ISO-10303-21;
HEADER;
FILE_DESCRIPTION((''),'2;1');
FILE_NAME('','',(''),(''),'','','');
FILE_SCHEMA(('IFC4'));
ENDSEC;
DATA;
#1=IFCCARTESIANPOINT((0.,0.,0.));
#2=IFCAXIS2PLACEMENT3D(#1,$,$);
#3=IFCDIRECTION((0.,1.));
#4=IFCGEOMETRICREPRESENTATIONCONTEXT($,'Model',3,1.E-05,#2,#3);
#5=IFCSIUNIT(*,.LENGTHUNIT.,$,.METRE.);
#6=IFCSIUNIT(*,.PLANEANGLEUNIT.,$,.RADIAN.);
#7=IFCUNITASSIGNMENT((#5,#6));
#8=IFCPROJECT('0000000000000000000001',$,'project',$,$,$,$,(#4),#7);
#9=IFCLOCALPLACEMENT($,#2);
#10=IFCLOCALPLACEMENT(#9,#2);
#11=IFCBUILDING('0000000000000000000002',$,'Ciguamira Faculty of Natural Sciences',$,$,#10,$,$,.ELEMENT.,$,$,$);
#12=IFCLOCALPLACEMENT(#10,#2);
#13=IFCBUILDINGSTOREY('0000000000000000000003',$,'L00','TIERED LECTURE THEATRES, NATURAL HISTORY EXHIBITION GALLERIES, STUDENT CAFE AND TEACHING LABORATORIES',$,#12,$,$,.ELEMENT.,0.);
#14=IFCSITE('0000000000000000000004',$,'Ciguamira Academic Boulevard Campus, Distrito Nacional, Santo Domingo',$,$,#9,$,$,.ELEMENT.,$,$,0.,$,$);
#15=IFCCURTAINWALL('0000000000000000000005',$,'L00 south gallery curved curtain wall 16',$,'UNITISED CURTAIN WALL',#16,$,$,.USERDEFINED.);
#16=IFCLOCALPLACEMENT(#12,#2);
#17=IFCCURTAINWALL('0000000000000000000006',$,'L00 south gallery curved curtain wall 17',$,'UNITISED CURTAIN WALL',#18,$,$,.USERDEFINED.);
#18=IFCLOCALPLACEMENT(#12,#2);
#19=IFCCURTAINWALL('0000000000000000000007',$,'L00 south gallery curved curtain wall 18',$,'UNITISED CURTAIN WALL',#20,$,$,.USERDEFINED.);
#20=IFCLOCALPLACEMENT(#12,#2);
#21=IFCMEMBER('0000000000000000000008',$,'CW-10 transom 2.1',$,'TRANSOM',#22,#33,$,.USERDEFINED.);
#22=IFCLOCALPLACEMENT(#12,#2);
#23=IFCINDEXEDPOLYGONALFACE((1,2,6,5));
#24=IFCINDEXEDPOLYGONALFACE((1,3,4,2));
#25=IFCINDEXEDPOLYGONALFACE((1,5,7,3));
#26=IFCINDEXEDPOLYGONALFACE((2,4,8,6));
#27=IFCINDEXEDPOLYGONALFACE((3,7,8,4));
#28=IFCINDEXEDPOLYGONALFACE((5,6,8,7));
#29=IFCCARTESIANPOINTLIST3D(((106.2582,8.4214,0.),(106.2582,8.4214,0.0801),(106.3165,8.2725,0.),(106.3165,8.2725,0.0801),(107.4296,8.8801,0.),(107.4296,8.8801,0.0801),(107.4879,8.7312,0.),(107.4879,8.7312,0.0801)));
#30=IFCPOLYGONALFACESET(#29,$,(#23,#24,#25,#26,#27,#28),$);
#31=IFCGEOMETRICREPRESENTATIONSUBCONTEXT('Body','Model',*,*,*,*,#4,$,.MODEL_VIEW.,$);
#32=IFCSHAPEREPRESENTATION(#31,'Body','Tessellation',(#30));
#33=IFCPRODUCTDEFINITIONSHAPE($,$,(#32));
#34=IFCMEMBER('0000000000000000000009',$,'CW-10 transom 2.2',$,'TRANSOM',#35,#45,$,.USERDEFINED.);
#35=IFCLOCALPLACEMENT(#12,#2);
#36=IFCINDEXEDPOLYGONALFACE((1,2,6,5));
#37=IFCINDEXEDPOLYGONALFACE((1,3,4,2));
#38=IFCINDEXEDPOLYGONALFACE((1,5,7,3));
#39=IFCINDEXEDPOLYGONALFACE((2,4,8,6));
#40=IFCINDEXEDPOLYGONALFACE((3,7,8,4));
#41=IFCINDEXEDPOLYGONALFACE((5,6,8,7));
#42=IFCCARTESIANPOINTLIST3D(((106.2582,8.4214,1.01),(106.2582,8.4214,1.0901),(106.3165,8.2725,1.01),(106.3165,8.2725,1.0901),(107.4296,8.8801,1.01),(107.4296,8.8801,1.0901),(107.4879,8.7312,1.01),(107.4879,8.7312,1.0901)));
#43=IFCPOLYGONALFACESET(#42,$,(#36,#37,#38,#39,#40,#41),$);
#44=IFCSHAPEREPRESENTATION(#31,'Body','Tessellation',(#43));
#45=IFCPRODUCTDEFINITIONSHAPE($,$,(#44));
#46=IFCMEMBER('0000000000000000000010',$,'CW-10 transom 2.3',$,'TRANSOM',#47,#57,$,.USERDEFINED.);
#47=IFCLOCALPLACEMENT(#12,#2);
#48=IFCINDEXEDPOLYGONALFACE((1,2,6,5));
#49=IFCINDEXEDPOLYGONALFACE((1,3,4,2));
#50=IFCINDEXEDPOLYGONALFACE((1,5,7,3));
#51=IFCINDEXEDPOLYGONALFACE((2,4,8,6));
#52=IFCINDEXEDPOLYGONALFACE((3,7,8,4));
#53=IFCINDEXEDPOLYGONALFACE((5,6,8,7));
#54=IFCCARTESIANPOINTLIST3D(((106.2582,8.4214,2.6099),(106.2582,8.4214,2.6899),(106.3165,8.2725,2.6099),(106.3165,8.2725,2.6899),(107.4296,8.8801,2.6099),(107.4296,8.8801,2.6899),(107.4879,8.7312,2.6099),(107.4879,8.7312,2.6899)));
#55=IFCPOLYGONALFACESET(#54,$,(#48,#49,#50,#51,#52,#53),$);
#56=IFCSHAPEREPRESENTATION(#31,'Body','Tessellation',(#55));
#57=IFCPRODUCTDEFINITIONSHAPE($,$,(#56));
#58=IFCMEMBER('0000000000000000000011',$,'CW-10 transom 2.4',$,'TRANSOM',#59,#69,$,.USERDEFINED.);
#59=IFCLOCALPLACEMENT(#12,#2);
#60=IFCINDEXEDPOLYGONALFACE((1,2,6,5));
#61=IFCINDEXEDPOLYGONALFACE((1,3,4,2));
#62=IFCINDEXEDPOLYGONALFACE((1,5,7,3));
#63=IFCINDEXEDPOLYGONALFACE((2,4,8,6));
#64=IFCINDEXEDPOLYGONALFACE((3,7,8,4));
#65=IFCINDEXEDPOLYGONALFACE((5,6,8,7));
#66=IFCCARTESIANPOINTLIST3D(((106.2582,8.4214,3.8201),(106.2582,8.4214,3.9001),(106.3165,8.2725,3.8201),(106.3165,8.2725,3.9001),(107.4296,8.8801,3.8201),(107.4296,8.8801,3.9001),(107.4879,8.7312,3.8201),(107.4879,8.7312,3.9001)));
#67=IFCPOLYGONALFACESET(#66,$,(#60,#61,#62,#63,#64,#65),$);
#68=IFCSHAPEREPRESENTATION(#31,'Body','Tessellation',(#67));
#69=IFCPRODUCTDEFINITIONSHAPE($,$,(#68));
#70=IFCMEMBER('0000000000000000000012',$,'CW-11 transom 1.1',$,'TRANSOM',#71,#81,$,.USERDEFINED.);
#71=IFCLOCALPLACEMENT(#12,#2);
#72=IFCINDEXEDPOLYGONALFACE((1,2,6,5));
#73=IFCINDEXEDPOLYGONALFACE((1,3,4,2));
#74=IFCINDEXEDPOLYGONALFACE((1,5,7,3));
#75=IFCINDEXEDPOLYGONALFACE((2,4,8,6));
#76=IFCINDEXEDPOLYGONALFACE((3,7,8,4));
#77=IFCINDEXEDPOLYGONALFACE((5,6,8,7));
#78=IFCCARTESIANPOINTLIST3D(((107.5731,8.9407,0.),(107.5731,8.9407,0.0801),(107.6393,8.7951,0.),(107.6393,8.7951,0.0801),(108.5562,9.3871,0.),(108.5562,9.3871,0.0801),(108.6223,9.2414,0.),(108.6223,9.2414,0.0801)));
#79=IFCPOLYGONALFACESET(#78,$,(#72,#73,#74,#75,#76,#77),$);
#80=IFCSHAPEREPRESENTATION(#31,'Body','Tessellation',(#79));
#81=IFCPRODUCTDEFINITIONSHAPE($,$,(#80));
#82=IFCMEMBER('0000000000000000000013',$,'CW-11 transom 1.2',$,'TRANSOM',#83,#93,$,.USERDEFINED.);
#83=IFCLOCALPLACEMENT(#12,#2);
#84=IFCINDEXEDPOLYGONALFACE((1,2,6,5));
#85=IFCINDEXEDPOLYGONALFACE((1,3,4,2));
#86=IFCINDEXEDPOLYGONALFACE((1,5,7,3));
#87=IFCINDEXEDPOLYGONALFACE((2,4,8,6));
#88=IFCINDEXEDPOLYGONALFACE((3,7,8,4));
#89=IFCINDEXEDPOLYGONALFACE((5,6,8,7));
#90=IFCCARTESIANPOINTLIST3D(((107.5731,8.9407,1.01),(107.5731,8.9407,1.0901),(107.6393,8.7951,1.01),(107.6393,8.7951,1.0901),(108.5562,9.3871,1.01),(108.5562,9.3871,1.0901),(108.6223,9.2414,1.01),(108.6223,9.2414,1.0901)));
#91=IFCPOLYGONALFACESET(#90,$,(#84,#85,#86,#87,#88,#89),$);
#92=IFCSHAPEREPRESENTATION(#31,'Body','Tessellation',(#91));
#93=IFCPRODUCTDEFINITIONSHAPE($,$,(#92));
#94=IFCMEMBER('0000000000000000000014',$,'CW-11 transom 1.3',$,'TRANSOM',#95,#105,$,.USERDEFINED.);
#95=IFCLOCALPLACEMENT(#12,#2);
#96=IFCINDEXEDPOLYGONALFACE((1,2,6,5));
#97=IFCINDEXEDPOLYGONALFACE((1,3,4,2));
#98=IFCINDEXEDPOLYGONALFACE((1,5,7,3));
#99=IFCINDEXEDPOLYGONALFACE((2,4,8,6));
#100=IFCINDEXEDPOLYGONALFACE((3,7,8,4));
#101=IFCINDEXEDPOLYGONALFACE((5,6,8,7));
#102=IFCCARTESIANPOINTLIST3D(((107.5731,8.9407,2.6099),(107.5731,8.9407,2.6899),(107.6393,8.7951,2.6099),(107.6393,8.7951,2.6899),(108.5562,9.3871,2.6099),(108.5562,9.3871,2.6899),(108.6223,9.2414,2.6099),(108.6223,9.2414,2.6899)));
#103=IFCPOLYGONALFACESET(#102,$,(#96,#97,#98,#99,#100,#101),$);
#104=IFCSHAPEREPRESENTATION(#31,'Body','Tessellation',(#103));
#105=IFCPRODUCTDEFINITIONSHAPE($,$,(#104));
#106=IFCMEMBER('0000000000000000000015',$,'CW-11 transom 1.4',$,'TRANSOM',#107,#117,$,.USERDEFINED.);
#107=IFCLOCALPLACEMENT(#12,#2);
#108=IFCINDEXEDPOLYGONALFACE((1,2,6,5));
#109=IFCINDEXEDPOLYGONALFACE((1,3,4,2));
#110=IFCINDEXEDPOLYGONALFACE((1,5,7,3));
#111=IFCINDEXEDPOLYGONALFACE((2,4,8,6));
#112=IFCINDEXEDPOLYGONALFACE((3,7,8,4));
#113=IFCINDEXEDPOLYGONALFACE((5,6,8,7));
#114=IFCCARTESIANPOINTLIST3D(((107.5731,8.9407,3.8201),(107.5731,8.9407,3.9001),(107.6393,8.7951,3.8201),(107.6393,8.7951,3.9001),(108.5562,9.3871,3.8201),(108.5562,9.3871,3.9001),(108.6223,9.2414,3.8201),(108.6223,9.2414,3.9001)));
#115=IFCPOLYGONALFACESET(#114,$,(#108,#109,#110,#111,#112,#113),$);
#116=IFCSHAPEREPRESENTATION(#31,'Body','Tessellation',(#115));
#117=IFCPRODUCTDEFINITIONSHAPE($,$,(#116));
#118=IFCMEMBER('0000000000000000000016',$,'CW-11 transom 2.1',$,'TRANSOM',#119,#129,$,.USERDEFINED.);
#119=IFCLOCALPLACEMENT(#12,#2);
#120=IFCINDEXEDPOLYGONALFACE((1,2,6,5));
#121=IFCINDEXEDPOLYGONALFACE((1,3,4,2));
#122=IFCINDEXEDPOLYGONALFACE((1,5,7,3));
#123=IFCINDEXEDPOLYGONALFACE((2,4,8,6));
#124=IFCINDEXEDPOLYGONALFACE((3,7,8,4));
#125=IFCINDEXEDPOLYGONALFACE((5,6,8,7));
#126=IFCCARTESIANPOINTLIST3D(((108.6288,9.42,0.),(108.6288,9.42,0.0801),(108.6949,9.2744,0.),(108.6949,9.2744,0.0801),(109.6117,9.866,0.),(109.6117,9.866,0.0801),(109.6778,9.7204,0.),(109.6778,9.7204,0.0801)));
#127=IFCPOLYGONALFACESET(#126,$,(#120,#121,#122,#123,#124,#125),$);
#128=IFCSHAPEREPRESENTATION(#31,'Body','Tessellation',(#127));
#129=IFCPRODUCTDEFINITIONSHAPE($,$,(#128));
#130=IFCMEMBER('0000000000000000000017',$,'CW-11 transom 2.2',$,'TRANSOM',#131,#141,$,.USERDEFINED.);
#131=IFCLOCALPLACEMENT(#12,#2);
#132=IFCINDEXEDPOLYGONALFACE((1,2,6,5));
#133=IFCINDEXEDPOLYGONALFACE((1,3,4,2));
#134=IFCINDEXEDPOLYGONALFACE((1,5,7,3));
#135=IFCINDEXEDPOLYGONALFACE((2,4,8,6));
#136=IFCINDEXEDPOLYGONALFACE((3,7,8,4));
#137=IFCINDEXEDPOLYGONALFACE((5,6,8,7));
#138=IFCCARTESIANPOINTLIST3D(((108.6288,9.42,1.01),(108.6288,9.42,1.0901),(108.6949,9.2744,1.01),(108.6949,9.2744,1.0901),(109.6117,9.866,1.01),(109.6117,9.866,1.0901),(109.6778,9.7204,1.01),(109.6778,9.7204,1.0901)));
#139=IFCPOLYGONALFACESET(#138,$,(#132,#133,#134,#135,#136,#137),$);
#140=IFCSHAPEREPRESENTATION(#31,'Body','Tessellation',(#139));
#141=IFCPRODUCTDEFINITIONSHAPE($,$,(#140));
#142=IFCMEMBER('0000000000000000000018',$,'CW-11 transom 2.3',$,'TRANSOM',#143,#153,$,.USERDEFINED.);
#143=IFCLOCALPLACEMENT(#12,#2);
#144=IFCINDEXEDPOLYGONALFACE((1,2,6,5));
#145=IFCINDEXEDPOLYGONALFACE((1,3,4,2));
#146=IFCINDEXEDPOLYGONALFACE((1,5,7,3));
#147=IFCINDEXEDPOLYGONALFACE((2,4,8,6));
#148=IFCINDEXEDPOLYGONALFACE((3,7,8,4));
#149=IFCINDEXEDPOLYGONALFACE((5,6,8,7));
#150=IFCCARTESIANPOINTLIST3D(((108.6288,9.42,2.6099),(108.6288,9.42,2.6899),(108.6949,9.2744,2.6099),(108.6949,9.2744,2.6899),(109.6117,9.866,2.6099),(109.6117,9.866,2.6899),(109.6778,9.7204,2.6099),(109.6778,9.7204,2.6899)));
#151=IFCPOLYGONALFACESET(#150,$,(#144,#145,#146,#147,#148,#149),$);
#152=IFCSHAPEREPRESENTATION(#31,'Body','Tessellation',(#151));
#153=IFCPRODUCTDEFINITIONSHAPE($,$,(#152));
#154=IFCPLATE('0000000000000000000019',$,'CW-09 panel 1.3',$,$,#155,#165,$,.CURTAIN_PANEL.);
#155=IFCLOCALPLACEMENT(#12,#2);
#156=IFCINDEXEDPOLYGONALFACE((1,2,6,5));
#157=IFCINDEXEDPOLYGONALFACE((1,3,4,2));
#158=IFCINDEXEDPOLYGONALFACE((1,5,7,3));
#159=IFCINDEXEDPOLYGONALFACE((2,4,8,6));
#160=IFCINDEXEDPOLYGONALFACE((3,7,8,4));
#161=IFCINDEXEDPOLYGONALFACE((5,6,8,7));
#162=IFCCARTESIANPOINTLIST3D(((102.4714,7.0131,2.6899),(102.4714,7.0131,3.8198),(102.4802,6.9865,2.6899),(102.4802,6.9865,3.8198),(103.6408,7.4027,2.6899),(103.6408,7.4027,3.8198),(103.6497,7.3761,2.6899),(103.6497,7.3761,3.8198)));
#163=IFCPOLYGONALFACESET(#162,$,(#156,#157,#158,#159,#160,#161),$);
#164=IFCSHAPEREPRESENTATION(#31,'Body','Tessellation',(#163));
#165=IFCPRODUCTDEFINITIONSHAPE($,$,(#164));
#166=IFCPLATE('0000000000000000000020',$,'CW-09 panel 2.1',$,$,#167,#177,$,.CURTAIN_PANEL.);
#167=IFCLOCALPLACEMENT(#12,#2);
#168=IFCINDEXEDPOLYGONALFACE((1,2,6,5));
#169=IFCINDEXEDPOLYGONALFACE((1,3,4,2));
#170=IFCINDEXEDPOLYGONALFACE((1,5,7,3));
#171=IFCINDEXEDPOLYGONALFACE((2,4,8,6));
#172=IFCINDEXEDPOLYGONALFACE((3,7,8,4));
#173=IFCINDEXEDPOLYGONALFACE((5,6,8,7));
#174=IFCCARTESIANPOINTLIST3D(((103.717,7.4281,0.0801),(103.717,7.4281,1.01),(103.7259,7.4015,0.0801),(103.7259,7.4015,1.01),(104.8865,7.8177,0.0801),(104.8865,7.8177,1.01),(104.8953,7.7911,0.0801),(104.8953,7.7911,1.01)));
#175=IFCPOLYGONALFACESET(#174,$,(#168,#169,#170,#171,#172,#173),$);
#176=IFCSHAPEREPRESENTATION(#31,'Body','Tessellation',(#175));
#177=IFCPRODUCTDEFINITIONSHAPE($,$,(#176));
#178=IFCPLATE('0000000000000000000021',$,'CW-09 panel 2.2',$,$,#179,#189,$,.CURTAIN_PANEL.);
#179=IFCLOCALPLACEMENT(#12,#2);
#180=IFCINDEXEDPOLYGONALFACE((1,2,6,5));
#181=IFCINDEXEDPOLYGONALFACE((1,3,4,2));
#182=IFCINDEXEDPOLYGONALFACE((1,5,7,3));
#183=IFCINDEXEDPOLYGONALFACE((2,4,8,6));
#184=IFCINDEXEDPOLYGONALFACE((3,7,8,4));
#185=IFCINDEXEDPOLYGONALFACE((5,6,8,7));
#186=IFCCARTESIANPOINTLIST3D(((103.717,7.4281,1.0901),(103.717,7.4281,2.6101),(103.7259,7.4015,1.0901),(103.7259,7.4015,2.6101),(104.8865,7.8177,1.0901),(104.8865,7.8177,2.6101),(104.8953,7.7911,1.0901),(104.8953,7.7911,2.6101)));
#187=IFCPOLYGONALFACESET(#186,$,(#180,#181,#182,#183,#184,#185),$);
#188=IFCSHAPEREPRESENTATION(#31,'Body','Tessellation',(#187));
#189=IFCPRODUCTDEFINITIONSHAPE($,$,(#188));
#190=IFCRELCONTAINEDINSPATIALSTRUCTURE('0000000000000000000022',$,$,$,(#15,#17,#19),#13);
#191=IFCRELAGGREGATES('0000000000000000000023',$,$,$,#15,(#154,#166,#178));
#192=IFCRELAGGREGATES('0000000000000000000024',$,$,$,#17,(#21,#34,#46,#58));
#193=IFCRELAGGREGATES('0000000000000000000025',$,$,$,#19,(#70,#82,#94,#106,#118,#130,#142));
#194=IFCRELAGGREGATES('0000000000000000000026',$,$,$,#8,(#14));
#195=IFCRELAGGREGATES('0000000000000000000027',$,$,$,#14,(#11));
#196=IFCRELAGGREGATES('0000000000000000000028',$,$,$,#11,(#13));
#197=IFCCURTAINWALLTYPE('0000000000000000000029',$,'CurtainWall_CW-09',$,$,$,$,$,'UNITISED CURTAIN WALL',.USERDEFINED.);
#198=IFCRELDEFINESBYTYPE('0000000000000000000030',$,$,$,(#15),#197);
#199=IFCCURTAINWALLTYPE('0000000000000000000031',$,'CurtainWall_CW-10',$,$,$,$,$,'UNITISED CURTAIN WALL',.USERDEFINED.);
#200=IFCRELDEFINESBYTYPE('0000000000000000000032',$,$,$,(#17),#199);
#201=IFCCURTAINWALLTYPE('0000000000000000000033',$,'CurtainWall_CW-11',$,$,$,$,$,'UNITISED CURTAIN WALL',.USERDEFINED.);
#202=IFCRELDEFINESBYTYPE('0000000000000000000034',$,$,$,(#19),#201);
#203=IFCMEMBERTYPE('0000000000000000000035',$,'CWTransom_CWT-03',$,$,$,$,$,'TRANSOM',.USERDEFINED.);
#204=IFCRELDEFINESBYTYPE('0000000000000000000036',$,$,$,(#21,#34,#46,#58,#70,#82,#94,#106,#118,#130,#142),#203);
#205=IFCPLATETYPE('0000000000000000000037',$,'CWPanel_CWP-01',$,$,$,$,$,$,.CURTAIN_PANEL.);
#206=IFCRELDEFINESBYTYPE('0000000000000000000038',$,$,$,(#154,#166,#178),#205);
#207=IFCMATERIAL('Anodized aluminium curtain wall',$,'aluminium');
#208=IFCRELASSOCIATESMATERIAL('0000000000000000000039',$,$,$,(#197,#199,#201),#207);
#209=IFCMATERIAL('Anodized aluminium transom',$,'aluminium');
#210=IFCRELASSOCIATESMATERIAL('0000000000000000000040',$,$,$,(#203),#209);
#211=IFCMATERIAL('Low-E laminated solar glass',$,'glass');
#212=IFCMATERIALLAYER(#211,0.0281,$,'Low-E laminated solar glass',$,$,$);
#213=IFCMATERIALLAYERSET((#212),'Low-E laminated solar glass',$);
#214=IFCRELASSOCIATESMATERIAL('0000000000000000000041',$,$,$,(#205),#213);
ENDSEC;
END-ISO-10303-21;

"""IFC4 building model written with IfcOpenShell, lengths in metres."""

from ifc_helpers import new_model, si_unit, direction, frame, origin, origin_2d, place, context, subcontext, project, spatial, rectangle, extrude, material, layer, layer_set, material_profile, profile_set, type_object, element, aggregate, save


model = new_model("IFC4")

# Units and contexts
model_context = context("Model", 3, precision=1e-05, world=origin(), true_north=direction((0.0, 1.0)))
body_context = subcontext(model_context, "Body", "Model", "MODEL_VIEW")
ifc_project = project(units=[si_unit("LENGTHUNIT", "METRE"), si_unit("PLANEANGLEUNIT", "RADIAN")], contexts=[model_context])

# Site, building, storey
site_placement = place(None, origin())
site = spatial("IfcSite", under=ifc_project, at=site_placement, Name="Ciguamira Academic Boulevard Campus, Distrito Nacional, Santo Domingo", CompositionType="ELEMENT", RefElevation=0.0)
building_placement = place(site_placement, origin())
building = spatial("IfcBuilding", under=site, at=building_placement, Name="Ciguamira Faculty of Natural Sciences", CompositionType="ELEMENT")
storey_placement = place(building_placement, origin())
storey = spatial("IfcBuildingStorey", under=building, at=storey_placement, Name="L00", Description="TIERED LECTURE THEATRES, NATURAL HISTORY EXHIBITION GALLERIES, STUDENT CAFE AND TEACHING LABORATORIES", CompositionType="ELEMENT", Elevation=0.0)

# Curtain walls
ifc_material_1 = material(Name="Anodized aluminium curtain wall", Category="aluminium")
curtain_wall_type_1 = type_object("IfcCurtainWallType", Name="CurtainWall_CW-09", ElementType="UNITISED CURTAIN WALL", PredefinedType="USERDEFINED", material=ifc_material_1)
curtain_wall_1_placement = place(storey_placement, origin())
curtain_wall_1 = element("IfcCurtainWall", 1, at=curtain_wall_1_placement, inside=storey, type_object=curtain_wall_type_1, Name="L00 south gallery curved curtain wall 16", ObjectType="UNITISED CURTAIN WALL", PredefinedType="USERDEFINED")
curtain_wall_type_2 = type_object("IfcCurtainWallType", Name="CurtainWall_CW-10", ElementType="UNITISED CURTAIN WALL", PredefinedType="USERDEFINED", material=ifc_material_1)
curtain_wall_2_placement = place(storey_placement, origin())
curtain_wall_2 = element("IfcCurtainWall", 2, at=curtain_wall_2_placement, inside=storey, type_object=curtain_wall_type_2, Name="L00 south gallery curved curtain wall 17", ObjectType="UNITISED CURTAIN WALL", PredefinedType="USERDEFINED")
curtain_wall_type_3 = type_object("IfcCurtainWallType", Name="CurtainWall_CW-11", ElementType="UNITISED CURTAIN WALL", PredefinedType="USERDEFINED", material=ifc_material_1)
curtain_wall_3_placement = place(storey_placement, origin())
curtain_wall_3 = element("IfcCurtainWall", 3, at=curtain_wall_3_placement, inside=storey, type_object=curtain_wall_type_3, Name="L00 south gallery curved curtain wall 18", ObjectType="UNITISED CURTAIN WALL", PredefinedType="USERDEFINED")

# Members
ifc_material_2 = material(Name="Anodized aluminium transom", Category="aluminium")
ifc_material_profile_1 = material_profile(ifc_material_2, rectangle(XDim=0.0801, YDim=0.1599, at=origin_2d()), Name="ALU-TRN-80X160")
ifc_profile_set_1 = profile_set([ifc_material_profile_1], Name="Anodized aluminium transom")
member_type_1 = type_object("IfcMemberType", Name="CWTransom_CWT-03", ElementType="TRANSOM", PredefinedType="USERDEFINED", material=ifc_profile_set_1)
member_1_placement = place(storey_placement, frame((106.2874, 8.3469, 0.04), z_axis=(0.931143, 0.364655, 0.0), x_axis=(0.0, 0.0, 1.0)))
member_1 = element("IfcMember", 4, at=member_1_placement, type_object=member_type_1, Name="CW-10 transom 2.1", ObjectType="TRANSOM", PredefinedType="USERDEFINED", context=body_context, shape_type="SweptSolid", body=[
    extrude(rectangle(XDim=0.0801, YDim=0.1599, at=origin_2d()), origin(), (0.0, 0.0, 1.0), 1.2581),
])
member_2_placement = place(storey_placement, frame((106.2874, 8.3469, 1.05), z_axis=(0.931143, 0.364655, 0.0), x_axis=(0.0, 0.0, 1.0)))
member_2 = element("IfcMember", 5, at=member_2_placement, type_object=member_type_1, Name="CW-10 transom 2.2", ObjectType="TRANSOM", PredefinedType="USERDEFINED", context=body_context, shape_type="SweptSolid", body=[
    extrude(rectangle(XDim=0.0801, YDim=0.1599, at=origin_2d()), origin(), (0.0, 0.0, 1.0), 1.2581),
])
member_3_placement = place(storey_placement, frame((106.2874, 8.3469, 2.6499), z_axis=(0.931143, 0.364655, 0.0), x_axis=(0.0, 0.0, 1.0)))
member_3 = element("IfcMember", 6, at=member_3_placement, type_object=member_type_1, Name="CW-10 transom 2.3", ObjectType="TRANSOM", PredefinedType="USERDEFINED", context=body_context, shape_type="SweptSolid", body=[
    extrude(rectangle(XDim=0.0801, YDim=0.1599, at=origin_2d()), origin(), (0.0, 0.0, 1.0), 1.2581),
])
member_4_placement = place(storey_placement, frame((106.2874, 8.3469, 3.8601), z_axis=(0.931143, 0.364655, 0.0), x_axis=(0.0, 0.0, 1.0)))
member_4 = element("IfcMember", 7, at=member_4_placement, type_object=member_type_1, Name="CW-10 transom 2.4", ObjectType="TRANSOM", PredefinedType="USERDEFINED", context=body_context, shape_type="SweptSolid", body=[
    extrude(rectangle(XDim=0.0801, YDim=0.1599, at=origin_2d()), origin(), (0.0, 0.0, 1.0), 1.2581),
])
member_5_placement = place(storey_placement, frame((107.6062, 8.8679, 0.04), z_axis=(0.910537, 0.413428, 0.0), x_axis=(0.0, 0.0, 1.0)))
member_5 = element("IfcMember", 8, at=member_5_placement, type_object=member_type_1, Name="CW-11 transom 1.1", ObjectType="TRANSOM", PredefinedType="USERDEFINED", context=body_context, shape_type="SweptSolid", body=[
    extrude(rectangle(XDim=0.0801, YDim=0.1599, at=origin_2d()), origin(), (0.0, 0.0, 1.0), 1.0796),
])
member_6_placement = place(storey_placement, frame((107.6062, 8.8679, 1.05), z_axis=(0.910537, 0.413428, 0.0), x_axis=(0.0, 0.0, 1.0)))
member_6 = element("IfcMember", 9, at=member_6_placement, type_object=member_type_1, Name="CW-11 transom 1.2", ObjectType="TRANSOM", PredefinedType="USERDEFINED", context=body_context, shape_type="SweptSolid", body=[
    extrude(rectangle(XDim=0.0801, YDim=0.1599, at=origin_2d()), origin(), (0.0, 0.0, 1.0), 1.0796),
])
member_7_placement = place(storey_placement, frame((107.6062, 8.8679, 2.6499), z_axis=(0.910537, 0.413428, 0.0), x_axis=(0.0, 0.0, 1.0)))
member_7 = element("IfcMember", 10, at=member_7_placement, type_object=member_type_1, Name="CW-11 transom 1.3", ObjectType="TRANSOM", PredefinedType="USERDEFINED", context=body_context, shape_type="SweptSolid", body=[
    extrude(rectangle(XDim=0.0801, YDim=0.1599, at=origin_2d()), origin(), (0.0, 0.0, 1.0), 1.0796),
])
member_8_placement = place(storey_placement, frame((107.6062, 8.8679, 3.8601), z_axis=(0.910537, 0.413428, 0.0), x_axis=(0.0, 0.0, 1.0)))
member_8 = element("IfcMember", 11, at=member_8_placement, type_object=member_type_1, Name="CW-11 transom 1.4", ObjectType="TRANSOM", PredefinedType="USERDEFINED", context=body_context, shape_type="SweptSolid", body=[
    extrude(rectangle(XDim=0.0801, YDim=0.1599, at=origin_2d()), origin(), (0.0, 0.0, 1.0), 1.0796),
])
member_9_placement = place(storey_placement, frame((108.6619, 9.3472, 0.04), z_axis=(0.910622, 0.413241, 0.0), x_axis=(0.0, 0.0, 1.0)))
member_9 = element("IfcMember", 12, at=member_9_placement, type_object=member_type_1, Name="CW-11 transom 2.1", ObjectType="TRANSOM", PredefinedType="USERDEFINED", context=body_context, shape_type="SweptSolid", body=[
    extrude(rectangle(XDim=0.0801, YDim=0.1599, at=origin_2d()), origin(), (0.0, 0.0, 1.0), 1.0793),
])
member_10_placement = place(storey_placement, frame((108.6619, 9.3472, 1.05), z_axis=(0.910622, 0.413241, 0.0), x_axis=(0.0, 0.0, 1.0)))
member_10 = element("IfcMember", 13, at=member_10_placement, type_object=member_type_1, Name="CW-11 transom 2.2", ObjectType="TRANSOM", PredefinedType="USERDEFINED", context=body_context, shape_type="SweptSolid", body=[
    extrude(rectangle(XDim=0.0801, YDim=0.1599, at=origin_2d()), origin(), (0.0, 0.0, 1.0), 1.0793),
])
member_11_placement = place(storey_placement, frame((108.6619, 9.3472, 2.6499), z_axis=(0.910622, 0.413241, 0.0), x_axis=(0.0, 0.0, 1.0)))
member_11 = element("IfcMember", 14, at=member_11_placement, type_object=member_type_1, Name="CW-11 transom 2.3", ObjectType="TRANSOM", PredefinedType="USERDEFINED", context=body_context, shape_type="SweptSolid", body=[
    extrude(rectangle(XDim=0.0801, YDim=0.1599, at=origin_2d()), origin(), (0.0, 0.0, 1.0), 1.0793),
])

# Plates
ifc_material_3 = material(Name="Low-E laminated solar glass", Category="glass")
ifc_layer = layer(ifc_material_3, 0.0281, Name="Low-E laminated solar glass")
ifc_layer_set = layer_set([ifc_layer], Name="Low-E laminated solar glass")
plate_type = type_object("IfcPlateType", Name="CWPanel_CWP-01", PredefinedType="CURTAIN_PANEL", material=ifc_layer_set)
plate_1_placement = place(storey_placement, frame((103.0605, 7.1946, 2.6899), z_axis=(0.0, 0.0, 1.0), x_axis=(0.948735, 0.316073, 0.0)))
plate_1 = element("IfcPlate", 15, at=plate_1_placement, type_object=plate_type, Name="CW-09 panel 1.3", PredefinedType="CURTAIN_PANEL", context=body_context, shape_type="SweptSolid", body=[
    extrude(rectangle(XDim=1.2327, YDim=0.0281, at=origin_2d()), origin(), (0.0, 0.0, 1.0), 1.1299),
])
plate_2_placement = place(storey_placement, frame((104.3062, 7.6096, 0.0801), z_axis=(0.0, 0.0, 1.0), x_axis=(0.948735, 0.316073, 0.0)))
plate_2 = element("IfcPlate", 16, at=plate_2_placement, type_object=plate_type, Name="CW-09 panel 2.1", PredefinedType="CURTAIN_PANEL", context=body_context, shape_type="SweptSolid", body=[
    extrude(rectangle(XDim=1.2327, YDim=0.0281, at=origin_2d()), origin(), (0.0, 0.0, 1.0), 0.9299),
])
plate_3_placement = place(storey_placement, frame((104.3062, 7.6096, 1.0901), z_axis=(0.0, 0.0, 1.0), x_axis=(0.948735, 0.316073, 0.0)))
plate_3 = element("IfcPlate", 17, at=plate_3_placement, type_object=plate_type, Name="CW-09 panel 2.2", PredefinedType="CURTAIN_PANEL", context=body_context, shape_type="SweptSolid", body=[
    extrude(rectangle(XDim=1.2327, YDim=0.0281, at=origin_2d()), origin(), (0.0, 0.0, 1.0), 1.52),
])
aggregate(curtain_wall_1, [plate_1, plate_2, plate_3])
aggregate(curtain_wall_2, [member_1, member_2, member_3, member_4])
aggregate(curtain_wall_3, [member_5, member_6, member_7, member_8, member_9, member_10, member_11])

save(model, "model.ifc")
